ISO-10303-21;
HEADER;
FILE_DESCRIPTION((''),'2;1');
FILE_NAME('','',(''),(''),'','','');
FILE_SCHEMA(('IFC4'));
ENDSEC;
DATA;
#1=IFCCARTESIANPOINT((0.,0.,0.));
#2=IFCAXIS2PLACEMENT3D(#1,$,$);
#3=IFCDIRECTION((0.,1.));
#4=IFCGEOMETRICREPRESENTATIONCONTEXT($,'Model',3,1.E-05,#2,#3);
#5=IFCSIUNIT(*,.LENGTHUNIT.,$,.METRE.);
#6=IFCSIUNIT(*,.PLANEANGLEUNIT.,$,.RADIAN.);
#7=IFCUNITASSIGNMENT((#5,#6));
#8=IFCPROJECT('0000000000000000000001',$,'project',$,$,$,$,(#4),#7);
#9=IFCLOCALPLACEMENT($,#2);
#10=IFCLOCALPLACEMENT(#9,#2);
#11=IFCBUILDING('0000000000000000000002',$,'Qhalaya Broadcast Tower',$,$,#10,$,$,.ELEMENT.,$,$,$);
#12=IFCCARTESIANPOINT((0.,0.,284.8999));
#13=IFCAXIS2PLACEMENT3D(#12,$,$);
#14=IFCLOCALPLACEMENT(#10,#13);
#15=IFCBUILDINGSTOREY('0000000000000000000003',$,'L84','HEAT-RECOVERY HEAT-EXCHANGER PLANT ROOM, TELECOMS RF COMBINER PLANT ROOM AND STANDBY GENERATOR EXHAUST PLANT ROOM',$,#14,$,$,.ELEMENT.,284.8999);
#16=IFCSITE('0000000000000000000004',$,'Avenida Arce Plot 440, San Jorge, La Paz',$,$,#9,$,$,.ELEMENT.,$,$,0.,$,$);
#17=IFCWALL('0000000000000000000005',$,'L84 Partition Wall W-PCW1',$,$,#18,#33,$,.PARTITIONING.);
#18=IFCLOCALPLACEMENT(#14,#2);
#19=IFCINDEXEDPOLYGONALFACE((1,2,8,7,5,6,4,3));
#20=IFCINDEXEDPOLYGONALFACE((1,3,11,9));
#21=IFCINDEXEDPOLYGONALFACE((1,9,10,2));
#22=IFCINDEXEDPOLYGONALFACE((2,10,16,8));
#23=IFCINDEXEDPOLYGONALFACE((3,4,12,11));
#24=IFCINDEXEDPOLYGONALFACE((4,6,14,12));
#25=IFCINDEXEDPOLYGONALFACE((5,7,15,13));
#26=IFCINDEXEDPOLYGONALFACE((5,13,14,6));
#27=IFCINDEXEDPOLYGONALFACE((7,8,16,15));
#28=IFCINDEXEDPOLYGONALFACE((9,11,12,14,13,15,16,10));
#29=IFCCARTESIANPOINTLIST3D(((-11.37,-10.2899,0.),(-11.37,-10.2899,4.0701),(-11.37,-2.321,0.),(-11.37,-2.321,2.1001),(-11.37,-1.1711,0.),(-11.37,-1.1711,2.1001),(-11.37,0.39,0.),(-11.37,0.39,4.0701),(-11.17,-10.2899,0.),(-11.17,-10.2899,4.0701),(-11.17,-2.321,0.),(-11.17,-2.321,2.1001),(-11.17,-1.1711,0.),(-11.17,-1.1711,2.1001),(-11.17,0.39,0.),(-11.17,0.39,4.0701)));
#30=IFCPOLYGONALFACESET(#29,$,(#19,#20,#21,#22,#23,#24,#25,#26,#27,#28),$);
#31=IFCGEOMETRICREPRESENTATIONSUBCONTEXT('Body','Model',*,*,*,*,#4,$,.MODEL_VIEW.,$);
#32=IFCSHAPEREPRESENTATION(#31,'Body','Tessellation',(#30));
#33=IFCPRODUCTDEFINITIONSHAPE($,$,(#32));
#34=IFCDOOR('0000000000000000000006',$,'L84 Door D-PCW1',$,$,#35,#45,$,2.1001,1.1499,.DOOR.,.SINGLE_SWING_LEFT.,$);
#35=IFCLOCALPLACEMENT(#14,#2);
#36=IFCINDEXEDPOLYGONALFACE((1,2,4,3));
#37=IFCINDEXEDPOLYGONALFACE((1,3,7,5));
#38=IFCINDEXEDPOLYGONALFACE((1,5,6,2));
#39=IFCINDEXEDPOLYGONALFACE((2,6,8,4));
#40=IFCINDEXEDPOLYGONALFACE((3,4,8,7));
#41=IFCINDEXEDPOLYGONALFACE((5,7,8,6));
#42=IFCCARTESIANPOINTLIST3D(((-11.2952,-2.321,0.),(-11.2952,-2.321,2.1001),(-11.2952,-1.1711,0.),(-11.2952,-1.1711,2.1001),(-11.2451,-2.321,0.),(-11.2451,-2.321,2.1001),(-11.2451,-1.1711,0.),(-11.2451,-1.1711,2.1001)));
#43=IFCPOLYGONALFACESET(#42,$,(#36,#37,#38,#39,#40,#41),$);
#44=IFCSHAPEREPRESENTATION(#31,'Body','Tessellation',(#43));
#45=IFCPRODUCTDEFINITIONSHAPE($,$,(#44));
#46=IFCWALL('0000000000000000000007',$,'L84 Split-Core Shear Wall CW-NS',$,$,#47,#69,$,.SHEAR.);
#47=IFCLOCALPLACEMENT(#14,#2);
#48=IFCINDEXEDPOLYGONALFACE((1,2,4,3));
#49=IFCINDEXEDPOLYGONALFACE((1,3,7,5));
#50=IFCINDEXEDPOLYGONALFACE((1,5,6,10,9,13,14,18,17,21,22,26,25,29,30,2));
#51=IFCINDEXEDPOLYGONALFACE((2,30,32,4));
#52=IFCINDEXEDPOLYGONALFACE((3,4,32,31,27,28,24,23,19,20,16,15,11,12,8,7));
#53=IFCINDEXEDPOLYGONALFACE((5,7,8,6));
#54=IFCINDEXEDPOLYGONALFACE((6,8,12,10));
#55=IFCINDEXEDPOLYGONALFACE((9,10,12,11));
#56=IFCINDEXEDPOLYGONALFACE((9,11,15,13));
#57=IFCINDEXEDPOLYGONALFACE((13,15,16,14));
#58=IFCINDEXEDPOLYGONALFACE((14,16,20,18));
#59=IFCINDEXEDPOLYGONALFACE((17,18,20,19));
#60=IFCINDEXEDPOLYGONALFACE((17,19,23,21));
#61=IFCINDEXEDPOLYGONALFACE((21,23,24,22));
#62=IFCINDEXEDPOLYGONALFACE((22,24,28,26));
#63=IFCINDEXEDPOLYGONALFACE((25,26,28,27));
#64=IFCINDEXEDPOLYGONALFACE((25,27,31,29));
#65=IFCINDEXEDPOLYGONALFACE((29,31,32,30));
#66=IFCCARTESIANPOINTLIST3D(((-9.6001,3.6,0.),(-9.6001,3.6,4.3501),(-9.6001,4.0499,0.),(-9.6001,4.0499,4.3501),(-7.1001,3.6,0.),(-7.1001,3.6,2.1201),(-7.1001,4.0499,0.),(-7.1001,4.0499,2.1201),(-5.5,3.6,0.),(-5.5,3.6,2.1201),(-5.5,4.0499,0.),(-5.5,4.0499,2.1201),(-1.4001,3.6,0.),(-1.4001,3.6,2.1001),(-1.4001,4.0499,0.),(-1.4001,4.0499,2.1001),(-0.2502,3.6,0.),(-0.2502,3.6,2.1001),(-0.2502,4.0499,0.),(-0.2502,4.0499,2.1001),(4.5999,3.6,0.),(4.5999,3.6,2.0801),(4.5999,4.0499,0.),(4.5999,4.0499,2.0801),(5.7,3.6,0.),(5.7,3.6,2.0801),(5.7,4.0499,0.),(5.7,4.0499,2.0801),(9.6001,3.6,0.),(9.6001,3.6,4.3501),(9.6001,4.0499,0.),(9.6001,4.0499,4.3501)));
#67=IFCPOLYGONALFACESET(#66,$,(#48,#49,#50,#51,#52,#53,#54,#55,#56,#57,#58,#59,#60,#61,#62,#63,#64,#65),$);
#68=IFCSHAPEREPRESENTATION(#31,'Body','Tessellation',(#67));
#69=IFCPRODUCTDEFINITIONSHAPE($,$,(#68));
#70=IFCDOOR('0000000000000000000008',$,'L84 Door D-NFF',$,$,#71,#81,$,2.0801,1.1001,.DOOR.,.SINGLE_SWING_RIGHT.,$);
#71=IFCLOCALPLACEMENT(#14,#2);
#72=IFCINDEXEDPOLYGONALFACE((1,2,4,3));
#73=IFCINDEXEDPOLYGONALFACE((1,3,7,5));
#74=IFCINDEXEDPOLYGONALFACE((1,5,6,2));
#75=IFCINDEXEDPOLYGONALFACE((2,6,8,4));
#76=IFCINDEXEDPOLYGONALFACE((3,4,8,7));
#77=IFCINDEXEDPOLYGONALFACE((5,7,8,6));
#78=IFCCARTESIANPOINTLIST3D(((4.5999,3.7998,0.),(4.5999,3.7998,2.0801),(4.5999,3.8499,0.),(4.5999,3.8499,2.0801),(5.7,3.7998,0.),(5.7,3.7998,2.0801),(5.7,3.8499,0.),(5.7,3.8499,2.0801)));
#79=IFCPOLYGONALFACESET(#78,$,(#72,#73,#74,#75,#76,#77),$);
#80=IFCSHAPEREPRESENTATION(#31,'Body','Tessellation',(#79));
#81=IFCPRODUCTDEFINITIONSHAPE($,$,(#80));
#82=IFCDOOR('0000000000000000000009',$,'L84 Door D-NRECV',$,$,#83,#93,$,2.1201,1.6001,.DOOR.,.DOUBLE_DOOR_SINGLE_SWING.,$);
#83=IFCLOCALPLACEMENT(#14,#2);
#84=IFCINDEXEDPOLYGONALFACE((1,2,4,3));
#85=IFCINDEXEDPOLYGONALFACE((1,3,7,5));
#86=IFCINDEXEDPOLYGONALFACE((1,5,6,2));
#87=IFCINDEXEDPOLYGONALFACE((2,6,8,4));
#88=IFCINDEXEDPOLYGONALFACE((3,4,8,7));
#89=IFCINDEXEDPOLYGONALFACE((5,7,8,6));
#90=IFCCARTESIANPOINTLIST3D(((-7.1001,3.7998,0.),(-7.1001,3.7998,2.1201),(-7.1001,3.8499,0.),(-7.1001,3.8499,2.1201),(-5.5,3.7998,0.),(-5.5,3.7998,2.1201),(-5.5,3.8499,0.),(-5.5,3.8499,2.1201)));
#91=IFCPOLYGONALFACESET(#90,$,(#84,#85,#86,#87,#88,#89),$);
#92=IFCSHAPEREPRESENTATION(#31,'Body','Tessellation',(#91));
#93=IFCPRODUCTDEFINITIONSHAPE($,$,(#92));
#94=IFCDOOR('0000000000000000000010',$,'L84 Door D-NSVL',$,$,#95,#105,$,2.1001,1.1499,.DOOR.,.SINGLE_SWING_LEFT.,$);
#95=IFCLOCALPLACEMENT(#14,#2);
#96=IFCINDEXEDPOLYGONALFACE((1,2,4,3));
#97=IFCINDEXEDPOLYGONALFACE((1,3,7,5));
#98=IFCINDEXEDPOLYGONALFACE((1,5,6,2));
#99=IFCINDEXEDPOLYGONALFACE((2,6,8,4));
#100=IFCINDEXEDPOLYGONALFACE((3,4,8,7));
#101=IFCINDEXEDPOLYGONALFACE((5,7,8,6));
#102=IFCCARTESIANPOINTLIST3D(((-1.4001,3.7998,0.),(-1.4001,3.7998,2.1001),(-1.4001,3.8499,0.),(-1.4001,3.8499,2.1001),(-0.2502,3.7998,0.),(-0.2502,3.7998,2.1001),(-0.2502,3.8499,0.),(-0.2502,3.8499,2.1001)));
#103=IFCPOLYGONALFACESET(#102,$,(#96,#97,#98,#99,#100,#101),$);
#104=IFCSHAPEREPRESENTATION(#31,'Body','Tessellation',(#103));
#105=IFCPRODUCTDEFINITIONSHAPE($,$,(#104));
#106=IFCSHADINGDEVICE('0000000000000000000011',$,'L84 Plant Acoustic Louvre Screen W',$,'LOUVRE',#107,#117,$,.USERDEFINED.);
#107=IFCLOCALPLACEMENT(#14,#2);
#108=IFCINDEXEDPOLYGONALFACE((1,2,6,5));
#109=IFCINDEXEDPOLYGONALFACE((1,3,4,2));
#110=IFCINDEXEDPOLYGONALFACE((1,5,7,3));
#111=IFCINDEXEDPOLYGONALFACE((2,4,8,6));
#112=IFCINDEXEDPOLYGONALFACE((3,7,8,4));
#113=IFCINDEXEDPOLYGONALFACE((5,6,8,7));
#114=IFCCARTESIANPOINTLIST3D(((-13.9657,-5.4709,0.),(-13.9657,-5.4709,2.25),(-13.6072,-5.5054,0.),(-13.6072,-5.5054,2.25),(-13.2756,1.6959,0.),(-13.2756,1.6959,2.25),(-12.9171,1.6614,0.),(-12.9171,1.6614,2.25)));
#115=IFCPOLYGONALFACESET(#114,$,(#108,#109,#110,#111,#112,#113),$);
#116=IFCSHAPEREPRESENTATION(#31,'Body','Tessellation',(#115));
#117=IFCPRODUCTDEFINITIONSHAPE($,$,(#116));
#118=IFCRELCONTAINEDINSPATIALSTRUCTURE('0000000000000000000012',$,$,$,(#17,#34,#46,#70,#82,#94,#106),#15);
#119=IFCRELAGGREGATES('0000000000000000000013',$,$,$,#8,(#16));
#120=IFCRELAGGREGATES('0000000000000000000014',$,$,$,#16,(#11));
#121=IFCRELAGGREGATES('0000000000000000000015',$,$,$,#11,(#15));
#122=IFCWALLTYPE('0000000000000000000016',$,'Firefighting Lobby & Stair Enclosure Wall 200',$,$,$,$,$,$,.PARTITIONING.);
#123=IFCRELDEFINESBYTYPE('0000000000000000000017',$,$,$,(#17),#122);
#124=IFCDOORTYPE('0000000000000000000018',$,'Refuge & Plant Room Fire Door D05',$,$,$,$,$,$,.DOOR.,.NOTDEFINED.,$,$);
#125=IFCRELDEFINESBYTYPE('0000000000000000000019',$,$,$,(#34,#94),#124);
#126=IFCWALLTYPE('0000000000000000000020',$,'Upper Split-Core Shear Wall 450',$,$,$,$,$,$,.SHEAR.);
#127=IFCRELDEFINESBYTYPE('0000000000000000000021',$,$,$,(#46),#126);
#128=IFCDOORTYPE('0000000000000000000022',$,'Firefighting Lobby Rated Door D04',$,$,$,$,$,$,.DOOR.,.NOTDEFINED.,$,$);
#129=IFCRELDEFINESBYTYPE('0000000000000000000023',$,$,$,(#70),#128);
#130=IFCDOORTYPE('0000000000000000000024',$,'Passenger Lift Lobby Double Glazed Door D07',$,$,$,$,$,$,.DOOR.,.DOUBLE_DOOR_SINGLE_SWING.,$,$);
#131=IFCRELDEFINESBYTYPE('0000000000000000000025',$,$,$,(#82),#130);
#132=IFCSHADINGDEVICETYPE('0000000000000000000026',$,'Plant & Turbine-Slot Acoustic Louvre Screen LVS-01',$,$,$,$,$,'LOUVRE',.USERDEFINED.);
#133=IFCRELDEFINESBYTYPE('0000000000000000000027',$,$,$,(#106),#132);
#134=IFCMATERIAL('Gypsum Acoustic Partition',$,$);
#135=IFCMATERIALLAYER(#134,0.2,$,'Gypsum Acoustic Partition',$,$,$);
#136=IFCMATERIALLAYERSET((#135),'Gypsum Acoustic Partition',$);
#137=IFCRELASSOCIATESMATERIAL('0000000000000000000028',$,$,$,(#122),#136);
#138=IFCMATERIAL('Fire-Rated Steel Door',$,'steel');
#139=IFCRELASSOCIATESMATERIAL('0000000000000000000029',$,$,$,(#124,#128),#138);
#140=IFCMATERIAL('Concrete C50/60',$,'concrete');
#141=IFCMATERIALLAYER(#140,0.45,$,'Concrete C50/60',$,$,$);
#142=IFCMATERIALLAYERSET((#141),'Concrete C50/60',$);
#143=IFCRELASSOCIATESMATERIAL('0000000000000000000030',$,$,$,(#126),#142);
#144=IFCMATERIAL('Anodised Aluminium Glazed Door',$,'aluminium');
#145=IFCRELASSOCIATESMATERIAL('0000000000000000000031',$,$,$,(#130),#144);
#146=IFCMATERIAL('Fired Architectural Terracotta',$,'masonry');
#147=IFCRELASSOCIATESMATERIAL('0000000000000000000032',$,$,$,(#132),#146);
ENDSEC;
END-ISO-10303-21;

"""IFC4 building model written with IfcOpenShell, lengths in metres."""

from ifc_helpers import new_model, si_unit, direction, frame, frame_2d, origin, origin_2d, place, context, subcontext, project, spatial, rectangle, extrude, material, layer, layer_set, type_object, element, fill, save


model = new_model("IFC4")

# Units and contexts
model_context = context("Model", 3, precision=1e-05, world=origin(), true_north=direction((0.0, 1.0)))
body_context = subcontext(model_context, "Body", "Model", "MODEL_VIEW")
ifc_project = project(units=[si_unit("LENGTHUNIT", "METRE"), si_unit("PLANEANGLEUNIT", "RADIAN")], contexts=[model_context])

# Site, building, storey
site_placement = place(None, origin())
site = spatial("IfcSite", under=ifc_project, at=site_placement, Name="Avenida Arce Plot 440, San Jorge, La Paz", CompositionType="ELEMENT", RefElevation=0.0)
building_placement = place(site_placement, origin())
building = spatial("IfcBuilding", under=site, at=building_placement, Name="Qhalaya Broadcast Tower", CompositionType="ELEMENT")
storey_placement = place(building_placement, frame((0.0, 0.0, 284.8999)))
storey = spatial("IfcBuildingStorey", under=building, at=storey_placement, Name="L84", Description="HEAT-RECOVERY HEAT-EXCHANGER PLANT ROOM, TELECOMS RF COMBINER PLANT ROOM AND STANDBY GENERATOR EXHAUST PLANT ROOM", CompositionType="ELEMENT", Elevation=284.8999)

# Shared definitions
ifc_material_1 = material(Name="Concrete C50/60", Category="concrete")

# Shared definitions
ifc_material_2 = material(Name="Gypsum Acoustic Partition")
ifc_layer_1 = layer(ifc_material_2, 0.2, Name="Gypsum Acoustic Partition")
ifc_layer_set_1 = layer_set([ifc_layer_1], Name="Gypsum Acoustic Partition")
wall_type_1 = type_object("IfcWallType", Name="Firefighting Lobby & Stair Enclosure Wall 200", PredefinedType="PARTITIONING", material=ifc_layer_set_1)

# Wall, opening, door
wall_1_placement = place(storey_placement, frame((-11.27, 0.3899, 0.0), z_axis=(0.0, 0.0, 1.0), x_axis=(0.0, -1.0, 0.0)))
wall_1 = element("IfcWall", 1, at=wall_1_placement, inside=storey, type_object=wall_type_1, Name="L84 Partition Wall W-PCW1", PredefinedType="PARTITIONING", context=body_context, shape_type="SweptSolid", body=[
    extrude(rectangle(XDim=10.6799, YDim=0.2, at=frame_2d((5.3398, 0.0))), origin(), (0.0, 0.0, 1.0), 4.0701),
])
opening_1_placement = place(wall_1_placement, frame((1.561, 0.0, 0.0)))
opening_1 = element("IfcOpeningElement", 2, at=opening_1_placement, cuts=wall_1, PredefinedType="OPENING", context=body_context, shape_type="SweptSolid", body=[
    extrude(rectangle(XDim=1.1499, YDim=2.1001, at=frame_2d((0.575, 1.05))), frame((0.0, 0.1121, 0.0), z_axis=(0.0, -1.0, 0.0), x_axis=(1.0, 0.0, 0.0)), (0.0, 0.0, 1.0), 0.2239),
])
ifc_material_3 = material(Name="Fire-Rated Steel Door", Category="steel")
door_type_1 = type_object("IfcDoorType", Name="Refuge & Plant Room Fire Door D05", OperationType="NOTDEFINED", PredefinedType="DOOR", material=ifc_material_3)
door_1_placement = place(opening_1_placement, origin())
door_1 = element("IfcDoor", 3, at=door_1_placement, inside=storey, type_object=door_type_1, Name="L84 Door D-PCW1", OperationType="SINGLE_SWING_LEFT", OverallHeight=2.1001, OverallWidth=1.1499, PredefinedType="DOOR", context=body_context, shape_type="SweptSolid", body=[
    extrude(rectangle(XDim=1.1499, YDim=2.1001, at=frame_2d((0.575, 1.05))), frame((0.0, 0.0249, 0.0), z_axis=(0.0, -1.0, 0.0), x_axis=(1.0, 0.0, 0.0)), (0.0, 0.0, 1.0), 0.05),
])
fill(opening_1, door_1)

# Wall, openings, doors
ifc_layer_2 = layer(ifc_material_1, 0.45, Name="Concrete C50/60")
ifc_layer_set_2 = layer_set([ifc_layer_2], Name="Concrete C50/60")
wall_type_2 = type_object("IfcWallType", Name="Upper Split-Core Shear Wall 450", PredefinedType="SHEAR", material=ifc_layer_set_2)
wall_2_placement = place(storey_placement, frame((-9.6001, 3.825, 0.0), z_axis=(0.0, 0.0, 1.0), x_axis=(1.0, 0.0, 0.0)))
wall_2 = element("IfcWall", 4, at=wall_2_placement, inside=storey, type_object=wall_type_2, Name="L84 Split-Core Shear Wall CW-NS", PredefinedType="SHEAR", context=body_context, shape_type="SweptSolid", body=[
    extrude(rectangle(XDim=19.2002, YDim=0.45, at=frame_2d((9.6001, 0.0))), origin(), (0.0, 0.0, 1.0), 4.3501),
])
opening_2_placement = place(wall_2_placement, frame((14.2, 0.0, 0.0)))
opening_2 = element("IfcOpeningElement", 5, at=opening_2_placement, cuts=wall_2, PredefinedType="OPENING", context=body_context, shape_type="SweptSolid", body=[
    extrude(rectangle(XDim=1.1001, YDim=2.0801, at=frame_2d((0.55, 1.04))), frame((0.0, 0.2371, 0.0), z_axis=(0.0, -1.0, 0.0), x_axis=(1.0, 0.0, 0.0)), (0.0, 0.0, 1.0), 0.4739),
])
opening_3_placement = place(wall_2_placement, frame((8.2, 0.0, 0.0)))
opening_3 = element("IfcOpeningElement", 6, at=opening_3_placement, cuts=wall_2, PredefinedType="OPENING", context=body_context, shape_type="SweptSolid", body=[
    extrude(rectangle(XDim=1.1499, YDim=2.1001, at=frame_2d((0.575, 1.05))), frame((0.0, 0.2371, 0.0), z_axis=(0.0, -1.0, 0.0), x_axis=(1.0, 0.0, 0.0)), (0.0, 0.0, 1.0), 0.4739),
])
opening_4_placement = place(wall_2_placement, frame((2.5, 0.0, 0.0)))
opening_4 = element("IfcOpeningElement", 7, at=opening_4_placement, cuts=wall_2, PredefinedType="OPENING", context=body_context, shape_type="SweptSolid", body=[
    extrude(rectangle(XDim=1.6001, YDim=2.1201, at=frame_2d((0.8, 1.0601))), frame((0.0, 0.2371, 0.0), z_axis=(0.0, -1.0, 0.0), x_axis=(1.0, 0.0, 0.0)), (0.0, 0.0, 1.0), 0.4739),
])
door_type_2 = type_object("IfcDoorType", Name="Firefighting Lobby Rated Door D04", OperationType="NOTDEFINED", PredefinedType="DOOR", material=ifc_material_3)
door_2_placement = place(opening_2_placement, origin())
door_2 = element("IfcDoor", 8, at=door_2_placement, inside=storey, type_object=door_type_2, Name="L84 Door D-NFF", OperationType="SINGLE_SWING_RIGHT", OverallHeight=2.0801, OverallWidth=1.1001, PredefinedType="DOOR", context=body_context, shape_type="SweptSolid", body=[
    extrude(rectangle(XDim=1.1001, YDim=2.0801, at=frame_2d((0.55, 1.04))), frame((0.0, 0.0249, 0.0), z_axis=(0.0, -1.0, 0.0), x_axis=(1.0, 0.0, 0.0)), (0.0, 0.0, 1.0), 0.05),
])
fill(opening_2, door_2)
ifc_material_4 = material(Name="Anodised Aluminium Glazed Door", Category="aluminium")
door_type_3 = type_object("IfcDoorType", Name="Passenger Lift Lobby Double Glazed Door D07", OperationType="DOUBLE_DOOR_SINGLE_SWING", PredefinedType="DOOR", material=ifc_material_4)
door_3_placement = place(opening_4_placement, origin())
door_3 = element("IfcDoor", 9, at=door_3_placement, inside=storey, type_object=door_type_3, Name="L84 Door D-NRECV", OperationType="DOUBLE_DOOR_SINGLE_SWING", OverallHeight=2.1201, OverallWidth=1.6001, PredefinedType="DOOR", context=body_context, shape_type="SweptSolid", body=[
    extrude(rectangle(XDim=1.6001, YDim=2.1201, at=frame_2d((0.8, 1.0601))), frame((0.0, 0.0249, 0.0), z_axis=(0.0, -1.0, 0.0), x_axis=(1.0, 0.0, 0.0)), (0.0, 0.0, 1.0), 0.05),
])
fill(opening_4, door_3)
door_4_placement = place(opening_3_placement, origin())
door_4 = element("IfcDoor", 10, at=door_4_placement, inside=storey, type_object=door_type_1, Name="L84 Door D-NSVL", OperationType="SINGLE_SWING_LEFT", OverallHeight=2.1001, OverallWidth=1.1499, PredefinedType="DOOR", context=body_context, shape_type="SweptSolid", body=[
    extrude(rectangle(XDim=1.1499, YDim=2.1001, at=frame_2d((0.575, 1.05))), frame((0.0, 0.0249, 0.0), z_axis=(0.0, -1.0, 0.0), x_axis=(1.0, 0.0, 0.0)), (0.0, 0.0, 1.0), 0.05),
])
fill(opening_3, door_4)

# Shading device
ifc_material_5 = material(Name="Fired Architectural Terracotta", Category="masonry")
shading_device_type = type_object("IfcShadingDeviceType", Name="Plant & Turbine-Slot Acoustic Louvre Screen LVS-01", ElementType="LOUVRE", PredefinedType="USERDEFINED", material=ifc_material_5)
shading_device_placement = place(storey_placement, frame((-13.4414, -1.9048, 0.0), z_axis=(0.0, 0.0, 1.0), x_axis=(0.095846, 0.995396, 0.0)))
element("IfcShadingDevice", 11, at=shading_device_placement, inside=storey, type_object=shading_device_type, Name="L84 Plant Acoustic Louvre Screen W", ObjectType="LOUVRE", PredefinedType="USERDEFINED", context=body_context, shape_type="SweptSolid", body=[
    extrude(rectangle(XDim=7.2, YDim=0.3601, at=origin_2d()), origin(), (0.0, 0.0, 1.0), 2.25),
])

save(model, "model.ifc")
